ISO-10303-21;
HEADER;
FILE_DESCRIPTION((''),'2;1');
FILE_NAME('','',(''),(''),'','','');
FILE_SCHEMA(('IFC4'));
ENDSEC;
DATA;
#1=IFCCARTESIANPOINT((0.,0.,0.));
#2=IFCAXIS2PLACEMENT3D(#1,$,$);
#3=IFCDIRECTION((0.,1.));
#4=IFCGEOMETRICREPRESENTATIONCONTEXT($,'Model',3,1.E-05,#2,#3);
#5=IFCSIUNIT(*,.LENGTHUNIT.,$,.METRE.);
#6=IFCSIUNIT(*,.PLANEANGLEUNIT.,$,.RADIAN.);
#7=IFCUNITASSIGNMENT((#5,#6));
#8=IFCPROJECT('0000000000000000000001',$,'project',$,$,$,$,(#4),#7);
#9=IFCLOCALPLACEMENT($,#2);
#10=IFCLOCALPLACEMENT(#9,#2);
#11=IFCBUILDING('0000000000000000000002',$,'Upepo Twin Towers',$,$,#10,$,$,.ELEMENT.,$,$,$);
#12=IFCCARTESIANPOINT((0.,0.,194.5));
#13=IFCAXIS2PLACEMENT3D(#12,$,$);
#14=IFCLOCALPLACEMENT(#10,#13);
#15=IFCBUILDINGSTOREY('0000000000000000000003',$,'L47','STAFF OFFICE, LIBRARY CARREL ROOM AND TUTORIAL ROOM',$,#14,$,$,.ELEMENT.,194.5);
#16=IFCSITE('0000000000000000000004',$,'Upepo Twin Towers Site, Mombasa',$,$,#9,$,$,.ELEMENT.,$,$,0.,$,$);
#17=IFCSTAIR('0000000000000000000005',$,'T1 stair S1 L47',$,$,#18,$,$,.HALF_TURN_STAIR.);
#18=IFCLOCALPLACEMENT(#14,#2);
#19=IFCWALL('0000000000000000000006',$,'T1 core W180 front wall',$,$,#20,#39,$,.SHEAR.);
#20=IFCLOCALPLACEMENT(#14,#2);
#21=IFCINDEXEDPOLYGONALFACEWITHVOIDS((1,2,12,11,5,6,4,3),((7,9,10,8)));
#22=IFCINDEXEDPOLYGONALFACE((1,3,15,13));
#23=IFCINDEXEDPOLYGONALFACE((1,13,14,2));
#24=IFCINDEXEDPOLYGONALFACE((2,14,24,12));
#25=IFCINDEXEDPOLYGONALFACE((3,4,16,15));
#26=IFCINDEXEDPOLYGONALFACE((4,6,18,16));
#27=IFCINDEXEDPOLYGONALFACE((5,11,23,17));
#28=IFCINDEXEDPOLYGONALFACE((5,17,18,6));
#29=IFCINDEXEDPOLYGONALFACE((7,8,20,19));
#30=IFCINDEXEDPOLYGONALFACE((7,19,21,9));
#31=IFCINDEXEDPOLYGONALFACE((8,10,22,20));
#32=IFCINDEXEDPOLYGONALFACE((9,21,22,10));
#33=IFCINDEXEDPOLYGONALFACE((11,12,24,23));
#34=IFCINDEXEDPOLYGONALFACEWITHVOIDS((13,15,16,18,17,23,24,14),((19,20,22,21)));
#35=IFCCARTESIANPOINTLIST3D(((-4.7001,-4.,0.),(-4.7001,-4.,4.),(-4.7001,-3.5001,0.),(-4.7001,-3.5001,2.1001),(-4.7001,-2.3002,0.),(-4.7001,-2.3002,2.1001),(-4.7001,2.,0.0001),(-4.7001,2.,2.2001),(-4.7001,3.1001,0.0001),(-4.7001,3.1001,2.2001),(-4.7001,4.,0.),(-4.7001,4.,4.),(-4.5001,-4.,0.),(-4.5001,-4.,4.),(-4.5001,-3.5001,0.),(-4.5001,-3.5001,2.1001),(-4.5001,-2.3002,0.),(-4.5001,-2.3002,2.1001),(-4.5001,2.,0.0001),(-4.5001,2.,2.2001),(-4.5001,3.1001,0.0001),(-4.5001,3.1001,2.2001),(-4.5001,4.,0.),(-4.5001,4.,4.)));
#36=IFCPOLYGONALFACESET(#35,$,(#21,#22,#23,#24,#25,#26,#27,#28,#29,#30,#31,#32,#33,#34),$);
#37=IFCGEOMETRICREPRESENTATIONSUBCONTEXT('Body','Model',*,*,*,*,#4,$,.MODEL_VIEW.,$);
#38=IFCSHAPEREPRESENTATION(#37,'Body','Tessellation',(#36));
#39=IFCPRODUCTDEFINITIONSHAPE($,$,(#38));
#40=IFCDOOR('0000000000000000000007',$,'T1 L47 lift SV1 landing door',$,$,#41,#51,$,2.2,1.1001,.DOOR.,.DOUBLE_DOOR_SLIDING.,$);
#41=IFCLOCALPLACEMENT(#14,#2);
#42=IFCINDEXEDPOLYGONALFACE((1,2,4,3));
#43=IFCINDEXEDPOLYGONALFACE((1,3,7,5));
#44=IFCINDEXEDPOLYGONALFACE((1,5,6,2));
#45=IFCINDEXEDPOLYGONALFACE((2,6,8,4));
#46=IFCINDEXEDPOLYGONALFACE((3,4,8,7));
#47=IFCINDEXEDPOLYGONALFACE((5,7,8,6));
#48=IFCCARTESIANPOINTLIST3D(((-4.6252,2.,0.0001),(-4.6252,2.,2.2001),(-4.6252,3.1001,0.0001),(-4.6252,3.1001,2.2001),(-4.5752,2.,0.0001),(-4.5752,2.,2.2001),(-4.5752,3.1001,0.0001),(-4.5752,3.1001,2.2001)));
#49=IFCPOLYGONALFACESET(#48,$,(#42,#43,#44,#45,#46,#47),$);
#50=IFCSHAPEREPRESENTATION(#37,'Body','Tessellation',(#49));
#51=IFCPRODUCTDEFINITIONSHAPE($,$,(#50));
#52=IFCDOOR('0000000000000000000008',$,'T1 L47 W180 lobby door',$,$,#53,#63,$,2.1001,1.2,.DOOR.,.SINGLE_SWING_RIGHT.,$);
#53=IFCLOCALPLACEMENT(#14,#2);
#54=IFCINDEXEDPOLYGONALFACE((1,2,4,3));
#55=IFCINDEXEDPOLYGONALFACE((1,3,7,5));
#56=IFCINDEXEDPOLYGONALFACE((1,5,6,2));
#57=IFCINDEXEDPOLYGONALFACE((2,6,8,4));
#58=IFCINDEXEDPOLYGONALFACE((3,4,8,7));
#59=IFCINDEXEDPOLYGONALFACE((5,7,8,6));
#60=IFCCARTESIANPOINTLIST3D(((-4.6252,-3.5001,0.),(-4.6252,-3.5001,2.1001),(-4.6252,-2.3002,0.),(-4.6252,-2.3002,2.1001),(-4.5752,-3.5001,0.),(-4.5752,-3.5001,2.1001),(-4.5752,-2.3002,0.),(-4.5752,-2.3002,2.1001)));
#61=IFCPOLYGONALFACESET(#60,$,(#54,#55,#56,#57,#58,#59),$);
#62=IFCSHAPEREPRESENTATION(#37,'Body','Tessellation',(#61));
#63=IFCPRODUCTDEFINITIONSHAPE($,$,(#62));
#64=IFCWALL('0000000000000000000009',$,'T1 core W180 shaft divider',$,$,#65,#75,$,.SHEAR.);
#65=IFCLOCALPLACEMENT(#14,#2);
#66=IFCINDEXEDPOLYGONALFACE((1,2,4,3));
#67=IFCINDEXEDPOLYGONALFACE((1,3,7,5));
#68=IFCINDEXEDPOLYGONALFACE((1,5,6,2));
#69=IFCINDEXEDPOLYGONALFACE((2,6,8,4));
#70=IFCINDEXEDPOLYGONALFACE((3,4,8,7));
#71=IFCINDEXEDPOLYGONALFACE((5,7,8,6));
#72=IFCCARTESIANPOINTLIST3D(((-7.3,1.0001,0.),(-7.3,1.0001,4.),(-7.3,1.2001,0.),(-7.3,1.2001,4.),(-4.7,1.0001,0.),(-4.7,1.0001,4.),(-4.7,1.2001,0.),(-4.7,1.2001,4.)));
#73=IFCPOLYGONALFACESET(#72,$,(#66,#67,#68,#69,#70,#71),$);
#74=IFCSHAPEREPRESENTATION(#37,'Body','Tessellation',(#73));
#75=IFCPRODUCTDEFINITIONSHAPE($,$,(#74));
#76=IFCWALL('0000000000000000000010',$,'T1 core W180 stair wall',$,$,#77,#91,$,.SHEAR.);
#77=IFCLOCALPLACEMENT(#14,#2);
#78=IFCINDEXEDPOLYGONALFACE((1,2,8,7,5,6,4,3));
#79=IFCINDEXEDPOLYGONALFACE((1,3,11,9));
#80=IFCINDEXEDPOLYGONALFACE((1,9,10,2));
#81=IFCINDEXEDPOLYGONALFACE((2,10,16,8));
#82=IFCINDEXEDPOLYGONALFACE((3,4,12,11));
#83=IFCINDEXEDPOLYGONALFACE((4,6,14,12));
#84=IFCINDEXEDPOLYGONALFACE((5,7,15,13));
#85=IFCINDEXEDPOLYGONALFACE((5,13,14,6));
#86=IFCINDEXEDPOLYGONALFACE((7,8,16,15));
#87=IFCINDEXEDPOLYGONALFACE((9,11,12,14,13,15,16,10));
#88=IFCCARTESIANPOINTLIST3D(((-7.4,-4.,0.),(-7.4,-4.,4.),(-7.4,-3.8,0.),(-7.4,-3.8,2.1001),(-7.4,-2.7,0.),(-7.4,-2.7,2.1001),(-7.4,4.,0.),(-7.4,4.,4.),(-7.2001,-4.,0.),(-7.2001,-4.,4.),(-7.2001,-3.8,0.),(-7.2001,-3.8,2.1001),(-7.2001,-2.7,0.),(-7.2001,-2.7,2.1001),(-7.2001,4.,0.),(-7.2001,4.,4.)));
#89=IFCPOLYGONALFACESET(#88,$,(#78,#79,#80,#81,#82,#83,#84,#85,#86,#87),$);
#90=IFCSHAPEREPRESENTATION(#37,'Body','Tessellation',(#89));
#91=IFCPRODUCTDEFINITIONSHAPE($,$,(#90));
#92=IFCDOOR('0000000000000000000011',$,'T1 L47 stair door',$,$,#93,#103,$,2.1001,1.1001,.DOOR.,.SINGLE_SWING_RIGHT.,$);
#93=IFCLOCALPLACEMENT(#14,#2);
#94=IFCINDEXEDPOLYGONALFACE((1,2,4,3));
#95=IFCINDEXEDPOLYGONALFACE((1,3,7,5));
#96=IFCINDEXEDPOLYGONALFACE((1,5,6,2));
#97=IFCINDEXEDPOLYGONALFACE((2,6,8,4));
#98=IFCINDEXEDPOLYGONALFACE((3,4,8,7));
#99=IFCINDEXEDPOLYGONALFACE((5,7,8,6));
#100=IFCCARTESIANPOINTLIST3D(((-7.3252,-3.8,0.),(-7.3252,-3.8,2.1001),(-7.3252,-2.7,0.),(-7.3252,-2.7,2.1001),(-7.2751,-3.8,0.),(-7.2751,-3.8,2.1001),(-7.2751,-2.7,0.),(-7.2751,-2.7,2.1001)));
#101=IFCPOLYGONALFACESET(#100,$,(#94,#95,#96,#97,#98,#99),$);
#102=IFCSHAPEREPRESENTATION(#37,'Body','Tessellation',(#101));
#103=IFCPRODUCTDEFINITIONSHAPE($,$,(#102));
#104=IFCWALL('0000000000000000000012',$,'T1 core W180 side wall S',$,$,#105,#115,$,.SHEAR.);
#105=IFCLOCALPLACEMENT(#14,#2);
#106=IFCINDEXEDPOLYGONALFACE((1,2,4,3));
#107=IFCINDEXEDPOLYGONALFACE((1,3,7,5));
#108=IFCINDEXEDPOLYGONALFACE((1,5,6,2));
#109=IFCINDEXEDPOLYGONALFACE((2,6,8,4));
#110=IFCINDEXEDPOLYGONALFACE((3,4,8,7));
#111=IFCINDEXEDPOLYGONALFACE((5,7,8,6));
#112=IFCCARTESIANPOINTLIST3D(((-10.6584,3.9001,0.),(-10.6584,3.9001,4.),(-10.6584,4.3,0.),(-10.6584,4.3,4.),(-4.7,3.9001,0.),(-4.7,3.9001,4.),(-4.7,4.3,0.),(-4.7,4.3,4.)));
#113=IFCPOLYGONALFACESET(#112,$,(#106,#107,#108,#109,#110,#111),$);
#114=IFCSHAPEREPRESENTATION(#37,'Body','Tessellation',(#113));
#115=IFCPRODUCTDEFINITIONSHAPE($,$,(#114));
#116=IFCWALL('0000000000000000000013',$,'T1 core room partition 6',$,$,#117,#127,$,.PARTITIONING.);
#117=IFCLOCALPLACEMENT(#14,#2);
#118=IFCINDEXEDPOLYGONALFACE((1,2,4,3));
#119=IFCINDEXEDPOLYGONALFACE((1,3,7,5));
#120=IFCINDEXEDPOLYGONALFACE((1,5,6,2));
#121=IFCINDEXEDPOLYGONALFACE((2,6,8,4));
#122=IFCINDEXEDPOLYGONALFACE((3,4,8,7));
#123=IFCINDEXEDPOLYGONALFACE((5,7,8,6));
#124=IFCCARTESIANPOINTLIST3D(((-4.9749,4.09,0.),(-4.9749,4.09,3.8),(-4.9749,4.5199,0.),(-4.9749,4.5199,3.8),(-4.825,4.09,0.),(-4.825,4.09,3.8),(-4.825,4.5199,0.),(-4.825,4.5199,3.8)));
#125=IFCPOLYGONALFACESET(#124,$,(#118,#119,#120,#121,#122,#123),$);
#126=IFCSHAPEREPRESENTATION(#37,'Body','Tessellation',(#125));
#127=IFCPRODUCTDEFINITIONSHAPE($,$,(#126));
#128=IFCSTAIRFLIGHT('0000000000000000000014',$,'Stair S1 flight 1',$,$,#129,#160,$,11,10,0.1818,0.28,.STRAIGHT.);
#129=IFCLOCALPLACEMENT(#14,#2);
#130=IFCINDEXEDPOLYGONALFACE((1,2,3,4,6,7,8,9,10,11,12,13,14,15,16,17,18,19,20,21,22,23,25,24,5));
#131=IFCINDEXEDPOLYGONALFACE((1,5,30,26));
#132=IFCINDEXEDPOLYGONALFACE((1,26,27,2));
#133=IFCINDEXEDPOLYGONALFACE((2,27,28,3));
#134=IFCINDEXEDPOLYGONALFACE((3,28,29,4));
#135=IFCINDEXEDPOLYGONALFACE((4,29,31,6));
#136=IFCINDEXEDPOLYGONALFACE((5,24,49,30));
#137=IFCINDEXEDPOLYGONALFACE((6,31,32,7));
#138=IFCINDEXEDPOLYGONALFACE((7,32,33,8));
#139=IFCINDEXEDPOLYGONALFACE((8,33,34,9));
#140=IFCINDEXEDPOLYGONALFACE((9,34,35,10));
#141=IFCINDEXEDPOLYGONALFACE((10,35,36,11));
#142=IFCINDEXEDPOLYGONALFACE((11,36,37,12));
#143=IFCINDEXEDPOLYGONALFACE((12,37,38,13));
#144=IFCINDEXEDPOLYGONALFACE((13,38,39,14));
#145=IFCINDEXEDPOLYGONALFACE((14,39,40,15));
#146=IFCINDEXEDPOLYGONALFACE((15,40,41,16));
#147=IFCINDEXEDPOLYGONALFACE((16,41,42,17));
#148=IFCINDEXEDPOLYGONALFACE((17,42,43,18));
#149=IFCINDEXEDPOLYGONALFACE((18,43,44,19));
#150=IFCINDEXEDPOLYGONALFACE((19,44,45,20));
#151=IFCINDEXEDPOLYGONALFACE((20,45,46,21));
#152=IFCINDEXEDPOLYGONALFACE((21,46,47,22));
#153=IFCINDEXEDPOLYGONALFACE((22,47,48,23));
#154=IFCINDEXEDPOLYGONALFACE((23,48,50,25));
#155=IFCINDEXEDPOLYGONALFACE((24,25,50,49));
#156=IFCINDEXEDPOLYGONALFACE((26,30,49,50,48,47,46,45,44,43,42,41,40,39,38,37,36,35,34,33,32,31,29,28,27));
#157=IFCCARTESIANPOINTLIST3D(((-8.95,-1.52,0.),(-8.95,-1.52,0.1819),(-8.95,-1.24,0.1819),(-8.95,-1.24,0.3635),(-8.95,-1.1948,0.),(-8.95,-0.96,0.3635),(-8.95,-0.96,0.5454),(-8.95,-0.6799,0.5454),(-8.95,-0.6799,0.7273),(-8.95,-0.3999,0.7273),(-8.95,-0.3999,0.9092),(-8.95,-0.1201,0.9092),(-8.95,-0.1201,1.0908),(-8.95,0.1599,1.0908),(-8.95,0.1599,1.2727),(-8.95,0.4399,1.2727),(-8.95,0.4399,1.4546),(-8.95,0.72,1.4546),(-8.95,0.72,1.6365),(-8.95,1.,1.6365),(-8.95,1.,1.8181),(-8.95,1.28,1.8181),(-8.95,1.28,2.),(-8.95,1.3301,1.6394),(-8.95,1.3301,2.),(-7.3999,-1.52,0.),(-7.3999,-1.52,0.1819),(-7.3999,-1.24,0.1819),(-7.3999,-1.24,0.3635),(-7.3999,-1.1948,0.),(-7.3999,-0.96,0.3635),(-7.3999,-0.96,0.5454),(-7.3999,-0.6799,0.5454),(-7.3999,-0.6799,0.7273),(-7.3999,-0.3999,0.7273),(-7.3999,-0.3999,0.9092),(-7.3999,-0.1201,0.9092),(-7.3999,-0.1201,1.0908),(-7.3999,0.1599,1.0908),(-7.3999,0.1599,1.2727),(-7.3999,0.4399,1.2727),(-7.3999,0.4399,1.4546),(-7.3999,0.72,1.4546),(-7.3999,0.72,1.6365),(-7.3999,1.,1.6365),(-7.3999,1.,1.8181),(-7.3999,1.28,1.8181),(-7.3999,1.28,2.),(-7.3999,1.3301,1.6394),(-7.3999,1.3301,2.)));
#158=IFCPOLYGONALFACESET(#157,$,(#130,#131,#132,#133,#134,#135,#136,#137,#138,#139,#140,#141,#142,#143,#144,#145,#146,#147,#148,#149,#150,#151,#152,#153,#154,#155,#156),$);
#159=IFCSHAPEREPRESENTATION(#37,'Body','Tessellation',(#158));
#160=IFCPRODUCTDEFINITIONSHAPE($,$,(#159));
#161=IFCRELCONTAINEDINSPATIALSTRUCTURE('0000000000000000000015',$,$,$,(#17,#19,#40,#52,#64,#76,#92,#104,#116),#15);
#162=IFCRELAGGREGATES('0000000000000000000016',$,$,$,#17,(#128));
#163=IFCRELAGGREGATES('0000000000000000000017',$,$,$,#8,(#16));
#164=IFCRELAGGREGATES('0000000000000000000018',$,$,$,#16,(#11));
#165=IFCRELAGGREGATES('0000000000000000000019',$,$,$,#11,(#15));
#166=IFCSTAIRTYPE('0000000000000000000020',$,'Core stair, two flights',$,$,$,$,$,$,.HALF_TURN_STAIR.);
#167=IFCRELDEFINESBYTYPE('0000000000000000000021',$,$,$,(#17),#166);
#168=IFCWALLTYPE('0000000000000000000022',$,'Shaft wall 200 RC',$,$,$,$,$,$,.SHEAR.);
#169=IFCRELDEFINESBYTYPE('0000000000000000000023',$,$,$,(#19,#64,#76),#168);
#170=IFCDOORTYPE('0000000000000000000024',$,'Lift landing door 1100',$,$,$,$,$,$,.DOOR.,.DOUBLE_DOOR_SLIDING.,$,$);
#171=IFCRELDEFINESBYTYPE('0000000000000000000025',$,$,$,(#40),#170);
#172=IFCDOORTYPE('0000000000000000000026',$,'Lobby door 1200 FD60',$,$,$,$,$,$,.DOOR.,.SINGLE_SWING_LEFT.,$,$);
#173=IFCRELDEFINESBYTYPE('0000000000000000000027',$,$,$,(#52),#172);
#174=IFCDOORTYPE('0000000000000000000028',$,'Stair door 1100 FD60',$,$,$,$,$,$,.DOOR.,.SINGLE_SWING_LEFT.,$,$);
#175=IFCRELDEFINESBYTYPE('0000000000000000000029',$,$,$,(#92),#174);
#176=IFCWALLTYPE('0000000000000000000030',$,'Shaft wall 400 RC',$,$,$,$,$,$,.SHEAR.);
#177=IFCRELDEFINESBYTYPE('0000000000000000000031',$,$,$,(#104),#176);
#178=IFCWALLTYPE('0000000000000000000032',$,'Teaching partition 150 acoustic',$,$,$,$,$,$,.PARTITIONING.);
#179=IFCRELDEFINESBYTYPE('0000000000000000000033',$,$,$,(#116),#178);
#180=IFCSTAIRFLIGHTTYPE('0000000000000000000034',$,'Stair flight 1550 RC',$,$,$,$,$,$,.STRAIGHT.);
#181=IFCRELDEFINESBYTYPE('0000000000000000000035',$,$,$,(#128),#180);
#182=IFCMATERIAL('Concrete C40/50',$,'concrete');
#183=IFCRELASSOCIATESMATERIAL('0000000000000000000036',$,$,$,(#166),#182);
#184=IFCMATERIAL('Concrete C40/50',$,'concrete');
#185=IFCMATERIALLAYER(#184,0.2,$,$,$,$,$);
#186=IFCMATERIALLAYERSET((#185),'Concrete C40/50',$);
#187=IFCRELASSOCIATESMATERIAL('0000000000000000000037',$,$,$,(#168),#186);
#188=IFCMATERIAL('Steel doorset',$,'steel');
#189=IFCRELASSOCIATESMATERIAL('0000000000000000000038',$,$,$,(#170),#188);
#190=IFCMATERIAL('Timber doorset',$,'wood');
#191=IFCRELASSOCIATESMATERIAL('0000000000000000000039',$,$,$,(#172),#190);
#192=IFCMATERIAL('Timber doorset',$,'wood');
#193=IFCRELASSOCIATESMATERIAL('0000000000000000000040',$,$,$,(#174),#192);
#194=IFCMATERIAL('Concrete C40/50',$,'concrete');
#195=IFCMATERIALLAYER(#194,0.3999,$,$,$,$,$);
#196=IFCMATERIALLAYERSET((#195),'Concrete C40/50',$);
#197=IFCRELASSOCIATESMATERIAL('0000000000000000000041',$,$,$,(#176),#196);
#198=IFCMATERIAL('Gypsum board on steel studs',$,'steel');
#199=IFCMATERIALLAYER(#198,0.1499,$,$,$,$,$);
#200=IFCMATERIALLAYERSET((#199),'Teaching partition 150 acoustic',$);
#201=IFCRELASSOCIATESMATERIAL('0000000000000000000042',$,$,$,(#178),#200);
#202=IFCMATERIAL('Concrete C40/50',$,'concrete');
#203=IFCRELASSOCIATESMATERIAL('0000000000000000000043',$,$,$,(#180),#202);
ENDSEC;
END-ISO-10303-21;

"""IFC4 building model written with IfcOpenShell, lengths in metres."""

from ifc_helpers import new_model, si_unit, direction, frame, frame_2d, origin, place, context, subcontext, project, spatial, polyline, rectangle, outline, extrude, material, layer, layer_set, type_object, element, fill, aggregate, save


model = new_model("IFC4")

# Units and contexts
model_context = context("Model", 3, precision=1e-05, world=origin(), true_north=direction((0.0, 1.0)))
body_context = subcontext(model_context, "Body", "Model", "MODEL_VIEW")
ifc_project = project(units=[si_unit("LENGTHUNIT", "METRE"), si_unit("PLANEANGLEUNIT", "RADIAN")], contexts=[model_context])

# Site, building, storey
site_placement = place(None, origin())
site = spatial("IfcSite", under=ifc_project, at=site_placement, Name="Upepo Twin Towers Site, Mombasa", CompositionType="ELEMENT", RefElevation=0.0)
building_placement = place(site_placement, origin())
building = spatial("IfcBuilding", under=site, at=building_placement, Name="Upepo Twin Towers", CompositionType="ELEMENT")
storey_placement = place(building_placement, frame((0.0, 0.0, 194.5)))
storey = spatial("IfcBuildingStorey", under=building, at=storey_placement, Name="L47", Description="STAFF OFFICE, LIBRARY CARREL ROOM AND TUTORIAL ROOM", CompositionType="ELEMENT", Elevation=194.5)

# Stair
ifc_material_1 = material(Name="Concrete C40/50", Category="concrete")
stair_type = type_object("IfcStairType", Name="Core stair, two flights", PredefinedType="HALF_TURN_STAIR", material=ifc_material_1)
stair_placement = place(storey_placement, origin())
stair = element("IfcStair", 1, at=stair_placement, inside=storey, type_object=stair_type, Name="T1 stair S1 L47", PredefinedType="HALF_TURN_STAIR")

# Wall, openings, doors
ifc_material_2 = material(Name="Concrete C40/50", Category="concrete")
ifc_layer_1 = layer(ifc_material_2, 0.2)
ifc_layer_set_1 = layer_set([ifc_layer_1], Name="Concrete C40/50")
wall_type_1 = type_object("IfcWallType", Name="Shaft wall 200 RC", PredefinedType="SHEAR", material=ifc_layer_set_1)
wall_1_placement = place(storey_placement, frame((-4.6001, 4.0, 0.0), z_axis=(0.0, 0.0, 1.0), x_axis=(0.0, -1.0, 0.0)))
wall_1 = element("IfcWall", 2, at=wall_1_placement, inside=storey, type_object=wall_type_1, Name="T1 core W180 front wall", PredefinedType="SHEAR", context=body_context, shape_type="SweptSolid", body=[
    extrude(rectangle(XDim=8.0, YDim=0.2, at=frame_2d((4.0, 0.0))), origin(), (0.0, 0.0, 1.0), 4.0),
])
opening_1_placement = place(wall_1_placement, frame((6.3, 0.0, 0.0)))
opening_1 = element("IfcOpeningElement", 3, at=opening_1_placement, cuts=wall_1, PredefinedType="OPENING", context=body_context, shape_type="SweptSolid", body=[
    extrude(rectangle(XDim=1.2, YDim=2.1001, at=frame_2d((0.6001, 1.05))), frame((0.0, 0.1099, 0.0), z_axis=(0.0, -1.0, 0.0), x_axis=(1.0, 0.0, 0.0)), (0.0, 0.0, 1.0), 0.22),
])
opening_2_placement = place(wall_1_placement, frame((0.8999, 0.0, 0.0)))
opening_2 = element("IfcOpeningElement", 4, at=opening_2_placement, cuts=wall_1, PredefinedType="OPENING", context=body_context, shape_type="SweptSolid", body=[
    extrude(rectangle(XDim=1.1001, YDim=2.2, at=frame_2d((0.55, 1.1001))), frame((0.0, 0.1099, 0.0), z_axis=(0.0, -1.0, 0.0), x_axis=(1.0, 0.0, 0.0)), (0.0, 0.0, 1.0), 0.22),
])
ifc_material_3 = material(Name="Steel doorset", Category="steel")
door_type_1 = type_object("IfcDoorType", Name="Lift landing door 1100", OperationType="DOUBLE_DOOR_SLIDING", PredefinedType="DOOR", material=ifc_material_3)
door_1_placement = place(opening_2_placement, origin())
door_1 = element("IfcDoor", 5, at=door_1_placement, inside=storey, type_object=door_type_1, Name="T1 L47 lift SV1 landing door", OperationType="DOUBLE_DOOR_SLIDING", OverallHeight=2.2, OverallWidth=1.1001, PredefinedType="DOOR", context=body_context, shape_type="SweptSolid", body=[
    extrude(rectangle(XDim=1.1001, YDim=2.2, at=frame_2d((0.55, 1.1001))), frame((0.0, 0.0249, 0.0), z_axis=(0.0, -1.0, 0.0), x_axis=(1.0, 0.0, 0.0)), (0.0, 0.0, 1.0), 0.05),
])
fill(opening_2, door_1)
ifc_material_4 = material(Name="Timber doorset", Category="wood")
door_type_2 = type_object("IfcDoorType", Name="Lobby door 1200 FD60", OperationType="SINGLE_SWING_LEFT", PredefinedType="DOOR", material=ifc_material_4)
door_2_placement = place(opening_1_placement, origin())
door_2 = element("IfcDoor", 6, at=door_2_placement, inside=storey, type_object=door_type_2, Name="T1 L47 W180 lobby door", OperationType="SINGLE_SWING_RIGHT", OverallHeight=2.1001, OverallWidth=1.2, PredefinedType="DOOR", context=body_context, shape_type="SweptSolid", body=[
    extrude(rectangle(XDim=1.2, YDim=2.1001, at=frame_2d((0.6001, 1.05))), frame((0.0, 0.0249, 0.0), z_axis=(0.0, -1.0, 0.0), x_axis=(1.0, 0.0, 0.0)), (0.0, 0.0, 1.0), 0.05),
])
fill(opening_1, door_2)

# Wall
wall_2_placement = place(storey_placement, frame((-4.7, 1.1001, 0.0), z_axis=(0.0, 0.0, 1.0), x_axis=(-1.0, 0.0, 0.0)))
element("IfcWall", 7, at=wall_2_placement, inside=storey, type_object=wall_type_1, Name="T1 core W180 shaft divider", PredefinedType="SHEAR", context=body_context, shape_type="SweptSolid", body=[
    extrude(rectangle(XDim=2.6001, YDim=0.2, at=frame_2d((1.3, 0.0))), origin(), (0.0, 0.0, 1.0), 4.0),
])

# Wall, opening, door
wall_3_placement = place(storey_placement, frame((-7.3, 4.0, 0.0), z_axis=(0.0, 0.0, 1.0), x_axis=(0.0, -1.0, 0.0)))
wall_3 = element("IfcWall", 8, at=wall_3_placement, inside=storey, type_object=wall_type_1, Name="T1 core W180 stair wall", PredefinedType="SHEAR", context=body_context, shape_type="SweptSolid", body=[
    extrude(rectangle(XDim=8.0, YDim=0.2, at=frame_2d((4.0, 0.0))), origin(), (0.0, 0.0, 1.0), 4.0),
])
opening_3_placement = place(wall_3_placement, frame((6.7, 0.0, 0.0)))
opening_3 = element("IfcOpeningElement", 9, at=opening_3_placement, cuts=wall_3, PredefinedType="OPENING", context=body_context, shape_type="SweptSolid", body=[
    extrude(rectangle(XDim=1.1001, YDim=2.1001, at=frame_2d((0.55, 1.05))), frame((0.0, 0.1099, 0.0), z_axis=(0.0, -1.0, 0.0), x_axis=(1.0, 0.0, 0.0)), (0.0, 0.0, 1.0), 0.22),
])
ifc_material_5 = material(Name="Timber doorset", Category="wood")
door_type_3 = type_object("IfcDoorType", Name="Stair door 1100 FD60", OperationType="SINGLE_SWING_LEFT", PredefinedType="DOOR", material=ifc_material_5)
door_3_placement = place(opening_3_placement, origin())
door_3 = element("IfcDoor", 10, at=door_3_placement, inside=storey, type_object=door_type_3, Name="T1 L47 stair door", OperationType="SINGLE_SWING_RIGHT", OverallHeight=2.1001, OverallWidth=1.1001, PredefinedType="DOOR", context=body_context, shape_type="SweptSolid", body=[
    extrude(rectangle(XDim=1.1001, YDim=2.1001, at=frame_2d((0.55, 1.05))), frame((0.0, 0.0249, 0.0), z_axis=(0.0, -1.0, 0.0), x_axis=(1.0, 0.0, 0.0)), (0.0, 0.0, 1.0), 0.05),
])
fill(opening_3, door_3)

# Walls
ifc_material_6 = material(Name="Concrete C40/50", Category="concrete")
ifc_layer_2 = layer(ifc_material_6, 0.3999)
ifc_layer_set_2 = layer_set([ifc_layer_2], Name="Concrete C40/50")
wall_type_2 = type_object("IfcWallType", Name="Shaft wall 400 RC", PredefinedType="SHEAR", material=ifc_layer_set_2)
wall_4_placement = place(storey_placement, frame((-4.7, 4.1001, 0.0), z_axis=(0.0, 0.0, 1.0), x_axis=(-1.0, 0.0, 0.0)))
element("IfcWall", 11, at=wall_4_placement, inside=storey, type_object=wall_type_2, Name="T1 core W180 side wall S", PredefinedType="SHEAR", context=body_context, shape_type="SweptSolid", body=[
    extrude(rectangle(XDim=5.9585, YDim=0.3999, at=frame_2d((2.9792, 0.0))), origin(), (0.0, 0.0, 1.0), 4.0),
])
ifc_material_7 = material(Name="Gypsum board on steel studs", Category="steel")
ifc_layer_3 = layer(ifc_material_7, 0.1499)
ifc_layer_set_3 = layer_set([ifc_layer_3], Name="Teaching partition 150 acoustic")
wall_type_3 = type_object("IfcWallType", Name="Teaching partition 150 acoustic", PredefinedType="PARTITIONING", material=ifc_layer_set_3)
wall_5_placement = place(storey_placement, frame((-4.8999, 4.0901, 0.0), z_axis=(0.0, 0.0, 1.0), x_axis=(0.0, 1.0, 0.0)))
element("IfcWall", 12, at=wall_5_placement, inside=storey, type_object=wall_type_3, Name="T1 core room partition 6", PredefinedType="PARTITIONING", context=body_context, shape_type="SweptSolid", body=[
    extrude(rectangle(XDim=0.4299, YDim=0.1499, at=frame_2d((0.2148, 0.0))), origin(), (0.0, 0.0, 1.0), 3.8),
])

# Stair flight
ifc_material_8 = material(Name="Concrete C40/50", Category="concrete")
stair_flight_type = type_object("IfcStairFlightType", Name="Stair flight 1550 RC", PredefinedType="STRAIGHT", material=ifc_material_8)
stair_flight_1_placement = place(storey_placement, frame((-8.175, -1.52, 0.0), z_axis=(0.0, 0.0, 1.0), x_axis=(0.0, 1.0, 0.0)))
stair_flight_1 = element("IfcStairFlight", 13, at=stair_flight_1_placement, type_object=stair_flight_type, Name="Stair S1 flight 1", NumberOfRisers=11, NumberOfTreads=10, PredefinedType="STRAIGHT", RiserHeight=0.1818, TreadLength=0.28, context=body_context, shape_type="SweptSolid", body=[
    extrude(outline(polyline([(0.0, 0.0), (0.0, 0.1819), (0.28, 0.1819), (0.28, 0.3635), (0.5601, 0.3635), (0.5601, 0.5454), (0.8401, 0.5454), (0.8401, 0.7273), (1.1201, 0.7273), (1.1201, 0.9092), (1.3999, 0.9092), (1.3999, 1.0908), (1.6799, 1.0908), (1.6799, 1.2727), (1.96, 1.2727), (1.96, 1.4546), (2.24, 1.4546), (2.24, 1.6365), (2.52, 1.6365), (2.52, 1.8181), (2.8, 1.8181), (2.8, 2.0), (2.8501, 2.0), (2.8501, 1.6394), (0.3252, 0.0), (0.0, 0.0)])), frame((0.0, 0.7749, 0.0), z_axis=(0.0, -1.0, 0.0), x_axis=(1.0, 0.0, 0.0)), (0.0, 0.0, 1.0), 1.55),
])
aggregate(stair, [stair_flight_1])

save(model, "model.ifc")
